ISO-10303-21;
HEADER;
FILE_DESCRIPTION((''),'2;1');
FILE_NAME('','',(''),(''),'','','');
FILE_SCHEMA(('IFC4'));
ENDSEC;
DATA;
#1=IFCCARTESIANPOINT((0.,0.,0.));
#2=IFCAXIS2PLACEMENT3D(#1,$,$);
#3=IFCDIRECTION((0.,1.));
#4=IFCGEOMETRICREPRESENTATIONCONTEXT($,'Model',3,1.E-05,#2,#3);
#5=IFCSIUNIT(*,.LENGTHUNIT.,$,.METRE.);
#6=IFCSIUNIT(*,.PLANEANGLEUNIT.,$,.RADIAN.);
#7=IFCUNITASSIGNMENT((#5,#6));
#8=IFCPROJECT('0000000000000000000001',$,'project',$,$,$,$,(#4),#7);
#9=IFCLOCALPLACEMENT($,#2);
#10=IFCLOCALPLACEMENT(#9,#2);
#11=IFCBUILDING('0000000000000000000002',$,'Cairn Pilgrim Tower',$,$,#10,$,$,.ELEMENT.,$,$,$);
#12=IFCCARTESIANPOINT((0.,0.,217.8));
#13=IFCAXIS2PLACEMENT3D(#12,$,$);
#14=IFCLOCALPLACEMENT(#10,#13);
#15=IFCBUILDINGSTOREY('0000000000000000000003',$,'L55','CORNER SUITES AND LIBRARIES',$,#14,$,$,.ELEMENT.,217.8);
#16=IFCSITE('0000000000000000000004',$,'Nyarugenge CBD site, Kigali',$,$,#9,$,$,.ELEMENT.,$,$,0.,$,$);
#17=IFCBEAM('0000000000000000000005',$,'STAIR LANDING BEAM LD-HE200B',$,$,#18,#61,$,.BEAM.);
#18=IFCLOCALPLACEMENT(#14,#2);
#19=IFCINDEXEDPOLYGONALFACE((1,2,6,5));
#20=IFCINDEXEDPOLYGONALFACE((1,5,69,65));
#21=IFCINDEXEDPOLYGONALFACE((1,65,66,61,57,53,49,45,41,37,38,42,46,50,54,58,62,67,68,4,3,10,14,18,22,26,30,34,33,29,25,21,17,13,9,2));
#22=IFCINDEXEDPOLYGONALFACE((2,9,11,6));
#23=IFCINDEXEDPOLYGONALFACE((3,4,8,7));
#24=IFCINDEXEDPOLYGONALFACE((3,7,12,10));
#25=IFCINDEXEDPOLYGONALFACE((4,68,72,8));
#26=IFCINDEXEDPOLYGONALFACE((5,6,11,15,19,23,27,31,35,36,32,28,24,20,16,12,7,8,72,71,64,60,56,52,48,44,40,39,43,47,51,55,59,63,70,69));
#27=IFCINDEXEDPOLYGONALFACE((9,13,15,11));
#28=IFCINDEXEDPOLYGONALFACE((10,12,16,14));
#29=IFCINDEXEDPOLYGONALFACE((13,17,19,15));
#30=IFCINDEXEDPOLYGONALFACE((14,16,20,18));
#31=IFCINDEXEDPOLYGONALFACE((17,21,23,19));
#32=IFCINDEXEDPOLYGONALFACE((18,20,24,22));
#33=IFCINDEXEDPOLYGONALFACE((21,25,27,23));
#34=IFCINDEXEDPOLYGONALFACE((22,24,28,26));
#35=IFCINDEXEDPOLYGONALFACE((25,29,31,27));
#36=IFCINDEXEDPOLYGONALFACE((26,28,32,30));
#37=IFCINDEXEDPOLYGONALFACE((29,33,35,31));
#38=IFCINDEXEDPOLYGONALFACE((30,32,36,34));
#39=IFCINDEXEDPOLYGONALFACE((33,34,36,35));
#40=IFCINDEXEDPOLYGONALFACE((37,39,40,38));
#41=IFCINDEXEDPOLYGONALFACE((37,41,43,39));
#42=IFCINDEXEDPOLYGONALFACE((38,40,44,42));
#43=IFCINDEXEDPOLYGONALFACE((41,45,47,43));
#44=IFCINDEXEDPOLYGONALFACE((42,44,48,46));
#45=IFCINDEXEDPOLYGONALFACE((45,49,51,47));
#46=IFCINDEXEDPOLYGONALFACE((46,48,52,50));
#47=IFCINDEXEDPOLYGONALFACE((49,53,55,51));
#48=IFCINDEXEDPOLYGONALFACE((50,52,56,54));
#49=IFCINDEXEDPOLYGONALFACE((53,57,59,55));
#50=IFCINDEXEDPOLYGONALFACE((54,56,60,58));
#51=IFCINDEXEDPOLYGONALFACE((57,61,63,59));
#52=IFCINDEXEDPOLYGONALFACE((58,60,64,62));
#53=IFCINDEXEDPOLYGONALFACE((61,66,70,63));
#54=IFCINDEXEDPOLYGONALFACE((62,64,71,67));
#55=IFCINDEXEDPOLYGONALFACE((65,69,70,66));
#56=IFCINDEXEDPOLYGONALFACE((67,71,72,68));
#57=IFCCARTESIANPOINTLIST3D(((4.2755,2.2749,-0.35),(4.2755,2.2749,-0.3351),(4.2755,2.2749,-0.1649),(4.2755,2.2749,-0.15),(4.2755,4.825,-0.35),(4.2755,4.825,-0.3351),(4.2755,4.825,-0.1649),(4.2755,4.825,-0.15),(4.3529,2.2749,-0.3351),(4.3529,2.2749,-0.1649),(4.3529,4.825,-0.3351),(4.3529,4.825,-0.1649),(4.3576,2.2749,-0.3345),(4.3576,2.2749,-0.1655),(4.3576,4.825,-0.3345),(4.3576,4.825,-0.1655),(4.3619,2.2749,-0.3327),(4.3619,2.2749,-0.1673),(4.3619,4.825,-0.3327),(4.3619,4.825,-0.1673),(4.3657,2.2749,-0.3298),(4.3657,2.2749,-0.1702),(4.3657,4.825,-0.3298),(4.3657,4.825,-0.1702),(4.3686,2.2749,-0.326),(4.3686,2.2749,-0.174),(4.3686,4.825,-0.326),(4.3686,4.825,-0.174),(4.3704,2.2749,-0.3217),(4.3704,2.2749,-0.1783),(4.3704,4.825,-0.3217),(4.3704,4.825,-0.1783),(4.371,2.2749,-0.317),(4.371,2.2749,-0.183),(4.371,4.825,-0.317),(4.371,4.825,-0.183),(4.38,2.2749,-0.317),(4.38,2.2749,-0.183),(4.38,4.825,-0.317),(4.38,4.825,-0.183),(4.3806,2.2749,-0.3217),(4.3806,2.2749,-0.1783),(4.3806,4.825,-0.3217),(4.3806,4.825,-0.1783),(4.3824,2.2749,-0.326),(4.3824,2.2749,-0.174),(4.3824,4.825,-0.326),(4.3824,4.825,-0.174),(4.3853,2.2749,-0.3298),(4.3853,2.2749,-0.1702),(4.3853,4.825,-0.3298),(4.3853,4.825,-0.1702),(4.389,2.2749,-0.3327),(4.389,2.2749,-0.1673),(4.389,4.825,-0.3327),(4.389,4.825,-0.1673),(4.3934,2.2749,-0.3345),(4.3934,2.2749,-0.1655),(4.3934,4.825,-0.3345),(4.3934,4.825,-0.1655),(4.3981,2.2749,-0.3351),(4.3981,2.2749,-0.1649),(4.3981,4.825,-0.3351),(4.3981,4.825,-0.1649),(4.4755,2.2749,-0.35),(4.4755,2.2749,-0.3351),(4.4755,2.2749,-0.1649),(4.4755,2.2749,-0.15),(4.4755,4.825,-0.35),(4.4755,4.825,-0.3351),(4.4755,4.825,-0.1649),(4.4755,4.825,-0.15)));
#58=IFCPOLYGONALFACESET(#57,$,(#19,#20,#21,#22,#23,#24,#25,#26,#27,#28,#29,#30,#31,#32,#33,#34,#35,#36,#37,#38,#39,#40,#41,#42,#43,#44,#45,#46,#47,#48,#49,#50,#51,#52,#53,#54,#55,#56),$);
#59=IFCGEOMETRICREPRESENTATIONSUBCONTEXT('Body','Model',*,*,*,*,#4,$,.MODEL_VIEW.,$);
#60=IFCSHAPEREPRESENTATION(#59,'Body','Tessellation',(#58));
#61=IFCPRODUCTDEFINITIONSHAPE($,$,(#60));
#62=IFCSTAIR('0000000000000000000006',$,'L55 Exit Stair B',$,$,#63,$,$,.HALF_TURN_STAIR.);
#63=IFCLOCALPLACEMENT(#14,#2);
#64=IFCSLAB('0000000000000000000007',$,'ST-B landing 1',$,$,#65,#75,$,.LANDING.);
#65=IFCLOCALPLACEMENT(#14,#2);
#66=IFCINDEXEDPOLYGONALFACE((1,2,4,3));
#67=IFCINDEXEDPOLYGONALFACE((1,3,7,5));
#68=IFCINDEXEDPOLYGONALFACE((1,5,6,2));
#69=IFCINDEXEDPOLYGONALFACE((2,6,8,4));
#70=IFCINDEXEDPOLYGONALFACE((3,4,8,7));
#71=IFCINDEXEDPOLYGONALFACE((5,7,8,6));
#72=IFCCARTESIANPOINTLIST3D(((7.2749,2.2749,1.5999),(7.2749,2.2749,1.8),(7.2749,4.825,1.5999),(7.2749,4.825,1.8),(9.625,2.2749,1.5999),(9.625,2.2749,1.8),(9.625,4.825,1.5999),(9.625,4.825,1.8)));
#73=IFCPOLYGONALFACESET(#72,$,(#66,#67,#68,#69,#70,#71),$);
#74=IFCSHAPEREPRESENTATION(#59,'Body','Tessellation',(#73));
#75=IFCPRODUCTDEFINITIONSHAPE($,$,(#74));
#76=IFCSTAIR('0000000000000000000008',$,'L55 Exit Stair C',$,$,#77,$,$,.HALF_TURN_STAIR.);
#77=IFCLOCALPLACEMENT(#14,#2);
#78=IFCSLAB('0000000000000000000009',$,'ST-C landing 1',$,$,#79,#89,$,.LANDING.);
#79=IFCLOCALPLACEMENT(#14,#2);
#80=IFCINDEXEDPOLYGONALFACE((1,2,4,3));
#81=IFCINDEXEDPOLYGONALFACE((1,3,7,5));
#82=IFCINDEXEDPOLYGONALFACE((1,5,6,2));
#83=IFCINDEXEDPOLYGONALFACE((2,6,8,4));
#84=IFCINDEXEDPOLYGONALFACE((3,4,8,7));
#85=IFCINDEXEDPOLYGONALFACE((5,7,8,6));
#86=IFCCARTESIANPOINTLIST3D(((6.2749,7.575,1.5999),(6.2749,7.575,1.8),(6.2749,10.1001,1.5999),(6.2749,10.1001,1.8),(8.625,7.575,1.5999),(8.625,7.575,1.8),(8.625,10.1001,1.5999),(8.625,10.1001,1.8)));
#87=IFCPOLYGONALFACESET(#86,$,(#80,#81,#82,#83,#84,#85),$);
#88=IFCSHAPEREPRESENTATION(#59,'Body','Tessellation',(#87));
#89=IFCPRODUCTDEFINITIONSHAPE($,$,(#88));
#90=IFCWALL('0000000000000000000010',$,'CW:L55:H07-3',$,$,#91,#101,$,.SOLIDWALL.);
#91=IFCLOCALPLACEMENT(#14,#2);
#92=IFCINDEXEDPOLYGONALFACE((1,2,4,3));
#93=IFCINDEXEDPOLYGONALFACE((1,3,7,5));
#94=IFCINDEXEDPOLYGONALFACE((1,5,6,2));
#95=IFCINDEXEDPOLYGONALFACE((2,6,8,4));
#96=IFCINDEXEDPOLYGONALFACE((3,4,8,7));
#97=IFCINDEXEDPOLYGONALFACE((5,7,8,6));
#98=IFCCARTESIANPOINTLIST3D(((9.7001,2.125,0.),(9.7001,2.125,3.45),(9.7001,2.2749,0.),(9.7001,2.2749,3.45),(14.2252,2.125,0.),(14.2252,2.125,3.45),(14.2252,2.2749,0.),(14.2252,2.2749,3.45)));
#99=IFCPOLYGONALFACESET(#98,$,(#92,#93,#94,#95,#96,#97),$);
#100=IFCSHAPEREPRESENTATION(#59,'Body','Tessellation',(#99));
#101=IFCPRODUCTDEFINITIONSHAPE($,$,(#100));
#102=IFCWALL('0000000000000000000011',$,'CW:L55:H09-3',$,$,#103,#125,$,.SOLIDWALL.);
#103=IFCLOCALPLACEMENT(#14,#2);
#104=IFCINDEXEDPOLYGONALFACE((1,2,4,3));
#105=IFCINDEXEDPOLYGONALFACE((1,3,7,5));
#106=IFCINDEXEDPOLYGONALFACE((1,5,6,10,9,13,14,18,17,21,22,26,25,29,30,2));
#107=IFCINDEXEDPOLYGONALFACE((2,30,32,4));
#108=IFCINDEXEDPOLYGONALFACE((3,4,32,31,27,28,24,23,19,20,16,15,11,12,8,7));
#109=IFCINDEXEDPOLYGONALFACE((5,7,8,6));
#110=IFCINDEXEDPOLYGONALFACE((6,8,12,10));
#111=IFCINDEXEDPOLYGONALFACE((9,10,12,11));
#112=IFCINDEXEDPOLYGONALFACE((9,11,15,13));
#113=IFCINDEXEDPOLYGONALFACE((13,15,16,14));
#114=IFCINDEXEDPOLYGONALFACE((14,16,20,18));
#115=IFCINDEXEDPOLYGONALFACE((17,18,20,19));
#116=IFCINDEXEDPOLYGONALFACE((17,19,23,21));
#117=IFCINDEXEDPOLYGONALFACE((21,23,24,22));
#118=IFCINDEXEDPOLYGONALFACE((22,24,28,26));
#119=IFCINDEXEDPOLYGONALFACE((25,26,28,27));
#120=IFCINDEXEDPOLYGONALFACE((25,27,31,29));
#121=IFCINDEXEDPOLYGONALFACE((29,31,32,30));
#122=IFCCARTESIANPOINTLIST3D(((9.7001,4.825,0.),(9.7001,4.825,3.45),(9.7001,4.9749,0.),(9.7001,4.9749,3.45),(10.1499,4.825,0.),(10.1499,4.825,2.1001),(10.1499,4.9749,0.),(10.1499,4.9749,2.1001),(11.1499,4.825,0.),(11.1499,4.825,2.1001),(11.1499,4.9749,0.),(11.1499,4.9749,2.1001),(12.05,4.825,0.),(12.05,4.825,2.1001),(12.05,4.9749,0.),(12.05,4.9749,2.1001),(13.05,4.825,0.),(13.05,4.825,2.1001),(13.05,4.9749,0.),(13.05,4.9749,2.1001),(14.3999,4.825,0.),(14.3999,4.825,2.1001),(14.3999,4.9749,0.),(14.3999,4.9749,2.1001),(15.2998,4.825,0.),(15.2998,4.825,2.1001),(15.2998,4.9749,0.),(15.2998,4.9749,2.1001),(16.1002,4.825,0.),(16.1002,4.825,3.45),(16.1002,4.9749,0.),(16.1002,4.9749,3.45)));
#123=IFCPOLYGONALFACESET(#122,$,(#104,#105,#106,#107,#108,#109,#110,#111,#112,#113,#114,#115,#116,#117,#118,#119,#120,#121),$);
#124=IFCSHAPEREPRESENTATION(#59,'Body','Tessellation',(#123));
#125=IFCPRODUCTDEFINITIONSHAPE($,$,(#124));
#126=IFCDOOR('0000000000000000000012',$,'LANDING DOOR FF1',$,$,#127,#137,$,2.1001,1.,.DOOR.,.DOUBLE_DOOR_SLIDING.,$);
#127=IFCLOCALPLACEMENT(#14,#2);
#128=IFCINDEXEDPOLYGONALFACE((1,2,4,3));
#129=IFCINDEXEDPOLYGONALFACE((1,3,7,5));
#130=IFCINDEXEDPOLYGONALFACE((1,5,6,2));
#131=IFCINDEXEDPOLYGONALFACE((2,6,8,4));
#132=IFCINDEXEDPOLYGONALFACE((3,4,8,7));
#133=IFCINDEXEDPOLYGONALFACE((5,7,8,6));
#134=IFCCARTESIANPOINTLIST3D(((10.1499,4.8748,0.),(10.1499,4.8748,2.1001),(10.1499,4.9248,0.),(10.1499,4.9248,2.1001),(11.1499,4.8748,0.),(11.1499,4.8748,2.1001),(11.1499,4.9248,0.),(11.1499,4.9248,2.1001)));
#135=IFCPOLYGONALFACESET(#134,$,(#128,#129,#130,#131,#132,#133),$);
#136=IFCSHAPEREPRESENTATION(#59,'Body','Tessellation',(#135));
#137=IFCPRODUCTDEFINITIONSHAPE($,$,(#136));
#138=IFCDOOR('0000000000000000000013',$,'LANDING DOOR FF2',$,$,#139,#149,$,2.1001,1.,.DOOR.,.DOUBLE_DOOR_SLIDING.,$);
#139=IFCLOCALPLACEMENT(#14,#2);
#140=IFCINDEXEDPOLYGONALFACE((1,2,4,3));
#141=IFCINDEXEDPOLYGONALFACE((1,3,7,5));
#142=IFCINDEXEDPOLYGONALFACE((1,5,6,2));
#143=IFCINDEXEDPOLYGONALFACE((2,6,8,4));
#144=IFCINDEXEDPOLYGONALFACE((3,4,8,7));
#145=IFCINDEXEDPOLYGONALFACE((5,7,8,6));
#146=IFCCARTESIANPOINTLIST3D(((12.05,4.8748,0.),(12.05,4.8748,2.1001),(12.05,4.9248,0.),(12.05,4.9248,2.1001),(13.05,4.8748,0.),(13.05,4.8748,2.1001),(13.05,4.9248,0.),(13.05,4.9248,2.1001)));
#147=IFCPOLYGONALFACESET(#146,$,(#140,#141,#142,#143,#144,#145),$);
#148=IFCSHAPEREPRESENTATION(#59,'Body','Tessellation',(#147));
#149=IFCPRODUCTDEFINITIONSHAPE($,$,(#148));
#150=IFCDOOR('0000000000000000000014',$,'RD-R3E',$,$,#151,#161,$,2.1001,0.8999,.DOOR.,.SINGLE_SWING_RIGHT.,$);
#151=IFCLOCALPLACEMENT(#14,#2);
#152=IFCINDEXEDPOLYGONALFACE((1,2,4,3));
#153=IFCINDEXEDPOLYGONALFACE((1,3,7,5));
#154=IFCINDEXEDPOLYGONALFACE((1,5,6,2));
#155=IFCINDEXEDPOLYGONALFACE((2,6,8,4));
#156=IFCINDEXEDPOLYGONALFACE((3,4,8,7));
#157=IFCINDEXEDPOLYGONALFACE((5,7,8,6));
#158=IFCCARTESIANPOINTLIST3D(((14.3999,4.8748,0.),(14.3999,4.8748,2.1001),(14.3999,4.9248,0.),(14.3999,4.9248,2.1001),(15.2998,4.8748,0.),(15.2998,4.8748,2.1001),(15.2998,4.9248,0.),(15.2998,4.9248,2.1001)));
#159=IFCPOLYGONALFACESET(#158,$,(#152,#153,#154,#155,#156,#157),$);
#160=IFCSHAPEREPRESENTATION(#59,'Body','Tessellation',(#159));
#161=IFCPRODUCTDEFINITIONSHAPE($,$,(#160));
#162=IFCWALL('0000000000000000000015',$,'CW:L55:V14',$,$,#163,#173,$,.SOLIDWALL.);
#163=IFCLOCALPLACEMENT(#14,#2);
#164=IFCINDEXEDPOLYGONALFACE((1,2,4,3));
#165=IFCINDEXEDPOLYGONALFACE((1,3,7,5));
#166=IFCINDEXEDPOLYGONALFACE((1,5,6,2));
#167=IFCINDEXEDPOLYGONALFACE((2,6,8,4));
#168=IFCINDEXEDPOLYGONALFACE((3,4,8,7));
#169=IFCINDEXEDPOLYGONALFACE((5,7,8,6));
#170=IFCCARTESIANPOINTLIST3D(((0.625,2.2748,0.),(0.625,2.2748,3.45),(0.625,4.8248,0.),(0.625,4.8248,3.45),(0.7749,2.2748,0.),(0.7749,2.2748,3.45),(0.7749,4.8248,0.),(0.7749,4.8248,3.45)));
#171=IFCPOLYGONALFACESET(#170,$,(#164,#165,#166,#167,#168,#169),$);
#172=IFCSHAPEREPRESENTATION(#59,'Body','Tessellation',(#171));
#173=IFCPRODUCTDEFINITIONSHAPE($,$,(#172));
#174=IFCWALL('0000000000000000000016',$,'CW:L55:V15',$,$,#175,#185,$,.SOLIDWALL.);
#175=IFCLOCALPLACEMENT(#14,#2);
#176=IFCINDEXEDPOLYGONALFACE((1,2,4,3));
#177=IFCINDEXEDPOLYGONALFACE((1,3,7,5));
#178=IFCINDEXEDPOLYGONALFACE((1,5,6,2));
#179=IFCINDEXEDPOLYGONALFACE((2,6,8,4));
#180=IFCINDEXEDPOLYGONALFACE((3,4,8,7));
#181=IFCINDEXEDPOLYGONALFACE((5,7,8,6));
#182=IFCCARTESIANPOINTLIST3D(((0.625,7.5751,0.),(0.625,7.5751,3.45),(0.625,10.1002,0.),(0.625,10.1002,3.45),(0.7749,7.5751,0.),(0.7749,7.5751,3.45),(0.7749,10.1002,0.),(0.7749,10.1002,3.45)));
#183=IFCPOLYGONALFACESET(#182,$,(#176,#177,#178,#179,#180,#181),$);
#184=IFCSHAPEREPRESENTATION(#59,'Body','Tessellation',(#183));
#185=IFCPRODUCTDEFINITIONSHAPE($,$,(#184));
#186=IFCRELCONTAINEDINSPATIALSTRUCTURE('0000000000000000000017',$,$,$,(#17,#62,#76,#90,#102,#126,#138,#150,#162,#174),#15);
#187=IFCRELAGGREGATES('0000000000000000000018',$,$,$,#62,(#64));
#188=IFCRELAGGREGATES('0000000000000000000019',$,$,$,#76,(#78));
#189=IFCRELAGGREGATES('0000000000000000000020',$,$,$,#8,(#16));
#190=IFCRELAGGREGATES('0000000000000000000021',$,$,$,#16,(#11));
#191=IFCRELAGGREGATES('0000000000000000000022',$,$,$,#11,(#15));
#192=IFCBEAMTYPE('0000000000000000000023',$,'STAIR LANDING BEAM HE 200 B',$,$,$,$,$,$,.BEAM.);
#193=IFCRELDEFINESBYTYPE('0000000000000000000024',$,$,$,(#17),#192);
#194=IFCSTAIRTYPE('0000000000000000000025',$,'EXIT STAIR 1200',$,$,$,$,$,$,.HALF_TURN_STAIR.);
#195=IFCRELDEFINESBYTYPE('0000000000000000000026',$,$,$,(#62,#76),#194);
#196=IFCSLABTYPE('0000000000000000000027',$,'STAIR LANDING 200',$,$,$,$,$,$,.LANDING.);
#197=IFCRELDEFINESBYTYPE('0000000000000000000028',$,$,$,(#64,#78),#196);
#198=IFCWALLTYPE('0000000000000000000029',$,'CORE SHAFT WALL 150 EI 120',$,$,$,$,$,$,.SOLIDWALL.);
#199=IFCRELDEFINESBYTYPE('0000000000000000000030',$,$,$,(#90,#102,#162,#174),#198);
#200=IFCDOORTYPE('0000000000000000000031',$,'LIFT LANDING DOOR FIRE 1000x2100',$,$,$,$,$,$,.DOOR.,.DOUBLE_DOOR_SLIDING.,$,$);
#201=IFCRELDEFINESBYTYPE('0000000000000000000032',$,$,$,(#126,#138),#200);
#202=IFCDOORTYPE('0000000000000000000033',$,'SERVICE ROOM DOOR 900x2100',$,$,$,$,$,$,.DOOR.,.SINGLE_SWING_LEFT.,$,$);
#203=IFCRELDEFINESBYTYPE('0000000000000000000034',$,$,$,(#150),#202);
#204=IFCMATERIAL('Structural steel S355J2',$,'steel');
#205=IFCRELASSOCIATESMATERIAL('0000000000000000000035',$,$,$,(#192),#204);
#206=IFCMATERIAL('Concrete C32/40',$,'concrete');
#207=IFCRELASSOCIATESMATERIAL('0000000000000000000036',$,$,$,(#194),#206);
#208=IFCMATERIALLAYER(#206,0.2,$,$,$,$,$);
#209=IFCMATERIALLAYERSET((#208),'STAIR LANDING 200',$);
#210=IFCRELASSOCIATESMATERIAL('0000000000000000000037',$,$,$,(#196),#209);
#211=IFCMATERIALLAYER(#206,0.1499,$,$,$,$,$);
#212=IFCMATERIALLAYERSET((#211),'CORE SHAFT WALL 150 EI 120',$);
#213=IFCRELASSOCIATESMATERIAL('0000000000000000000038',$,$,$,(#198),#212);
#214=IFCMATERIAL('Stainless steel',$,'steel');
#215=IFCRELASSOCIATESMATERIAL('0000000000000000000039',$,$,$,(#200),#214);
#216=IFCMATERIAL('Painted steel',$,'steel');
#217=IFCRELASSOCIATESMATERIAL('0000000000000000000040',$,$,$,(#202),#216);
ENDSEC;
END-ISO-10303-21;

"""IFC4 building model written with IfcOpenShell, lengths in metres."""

from ifc_helpers import new_model, si_unit, direction, frame, frame_2d, origin, origin_2d, place, context, subcontext, project, spatial, polyline, rectangle, i_section, outline, extrude, material, layer, layer_set, material_profile, profile_set, type_object, element, fill, aggregate, save


model = new_model("IFC4")

# Units and contexts
model_context = context("Model", 3, precision=1e-05, world=origin(), true_north=direction((0.0, 1.0)))
body_context = subcontext(model_context, "Body", "Model", "MODEL_VIEW")
ifc_project = project(units=[si_unit("LENGTHUNIT", "METRE"), si_unit("PLANEANGLEUNIT", "RADIAN")], contexts=[model_context])

# Site, building, storey
site_placement = place(None, origin())
site = spatial("IfcSite", under=ifc_project, at=site_placement, Name="Nyarugenge CBD site, Kigali", CompositionType="ELEMENT", RefElevation=0.0)
building_placement = place(site_placement, origin())
building = spatial("IfcBuilding", under=site, at=building_placement, Name="Cairn Pilgrim Tower", CompositionType="ELEMENT")
storey_placement = place(building_placement, frame((0.0, 0.0, 217.8)))
storey = spatial("IfcBuildingStorey", under=building, at=storey_placement, Name="L55", Description="CORNER SUITES AND LIBRARIES", CompositionType="ELEMENT", Elevation=217.8)

# Beam
ifc_material_1 = material(Name="Structural steel S355J2", Category="steel")
ifc_material_profile = material_profile(ifc_material_1, i_section(OverallWidth=0.2, OverallDepth=0.2, WebThickness=0.009, FlangeThickness=0.0149, FilletRadius=0.0181, at=origin_2d()), Name="HE 200 B")
ifc_profile_set = profile_set([ifc_material_profile], Name="Structural steel S355J2")
beam_type = type_object("IfcBeamType", Name="STAIR LANDING BEAM HE 200 B", PredefinedType="BEAM", material=ifc_profile_set)
beam_placement = place(storey_placement, frame((4.3755, 2.2749, -0.25), z_axis=(0.0, 1.0, 0.0), x_axis=(-1.0, 0.0, 0.0)))
element("IfcBeam", 1, at=beam_placement, inside=storey, type_object=beam_type, Name="STAIR LANDING BEAM LD-HE200B", PredefinedType="BEAM", context=body_context, shape_type="SweptSolid", body=[
    extrude(i_section(OverallWidth=0.2, OverallDepth=0.2, WebThickness=0.009, FlangeThickness=0.0149, FilletRadius=0.0181, at=origin_2d()), origin(), (0.0, 0.0, 1.0), 2.55),
])

# Stairs, slabs
ifc_material_2 = material(Name="Concrete C32/40", Category="concrete")
stair_type = type_object("IfcStairType", Name="EXIT STAIR 1200", PredefinedType="HALF_TURN_STAIR", material=ifc_material_2)
stair_1_placement = place(storey_placement, origin())
stair_1 = element("IfcStair", 2, at=stair_1_placement, inside=storey, type_object=stair_type, Name="L55 Exit Stair B", PredefinedType="HALF_TURN_STAIR")
ifc_layer_1 = layer(ifc_material_2, 0.2)
ifc_layer_set_1 = layer_set([ifc_layer_1], Name="STAIR LANDING 200")
slab_type = type_object("IfcSlabType", Name="STAIR LANDING 200", PredefinedType="LANDING", material=ifc_layer_set_1)
slab_1_placement = place(storey_placement, frame((0.0, 0.0, 1.5999)))
slab_1 = element("IfcSlab", 3, at=slab_1_placement, type_object=slab_type, Name="ST-B landing 1", PredefinedType="LANDING", context=body_context, shape_type="SweptSolid", body=[
    extrude(outline(polyline([(7.2749, 2.2749), (9.625, 2.2749), (9.625, 4.825), (7.2749, 4.825), (7.2749, 2.2749)])), origin(), (0.0, 0.0, 1.0), 0.2002),
])
stair_2_placement = place(storey_placement, origin())
stair_2 = element("IfcStair", 4, at=stair_2_placement, inside=storey, type_object=stair_type, Name="L55 Exit Stair C", PredefinedType="HALF_TURN_STAIR")
slab_2_placement = place(storey_placement, frame((0.0, 0.0, 1.5999)))
slab_2 = element("IfcSlab", 5, at=slab_2_placement, type_object=slab_type, Name="ST-C landing 1", PredefinedType="LANDING", context=body_context, shape_type="SweptSolid", body=[
    extrude(outline(polyline([(8.625, 10.1001), (6.2749, 10.1001), (6.2749, 7.575), (8.625, 7.575), (8.625, 10.1001)])), origin(), (0.0, 0.0, 1.0), 0.2002),
])

# Wall
ifc_layer_2 = layer(ifc_material_2, 0.1499)
ifc_layer_set_2 = layer_set([ifc_layer_2], Name="CORE SHAFT WALL 150 EI 120")
wall_type_1 = type_object("IfcWallType", Name="CORE SHAFT WALL 150 EI 120", PredefinedType="SOLIDWALL", material=ifc_layer_set_2)
wall_1_placement = place(storey_placement, frame((9.7, 2.2, 0.0), z_axis=(0.0, 0.0, 1.0), x_axis=(1.0, 0.0, 0.0)))
element("IfcWall", 6, at=wall_1_placement, inside=storey, type_object=wall_type_1, Name="CW:L55:H07-3", PredefinedType="SOLIDWALL", context=body_context, shape_type="SweptSolid", body=[
    extrude(rectangle(XDim=4.5251, YDim=0.1499, at=frame_2d((2.2627, 0.0))), origin(), (0.0, 0.0, 1.0), 3.45),
])

# Wall, openings, doors
wall_2_placement = place(storey_placement, frame((9.7, 4.8999, 0.0), z_axis=(0.0, 0.0, 1.0), x_axis=(1.0, 0.0, 0.0)))
wall_2 = element("IfcWall", 7, at=wall_2_placement, inside=storey, type_object=wall_type_1, Name="CW:L55:H09-3", PredefinedType="SOLIDWALL", context=body_context, shape_type="SweptSolid", body=[
    extrude(rectangle(XDim=6.4001, YDim=0.1499, at=frame_2d((3.2002, 0.0))), origin(), (0.0, 0.0, 1.0), 3.45),
])
opening_1_placement = place(wall_2_placement, frame((0.45, 0.0, 0.0)))
opening_1 = element("IfcOpeningElement", 8, at=opening_1_placement, cuts=wall_2, PredefinedType="OPENING", context=body_context, shape_type="SweptSolid", body=[
    extrude(rectangle(XDim=1.0, YDim=2.1001, at=frame_2d((0.5, 1.05))), frame((0.0, 0.085, 0.0), z_axis=(0.0, -1.0, 0.0), x_axis=(1.0, 0.0, 0.0)), (0.0, 0.0, 1.0), 0.1699),
])
opening_2_placement = place(wall_2_placement, frame((2.3501, 0.0, 0.0)))
opening_2 = element("IfcOpeningElement", 9, at=opening_2_placement, cuts=wall_2, PredefinedType="OPENING", context=body_context, shape_type="SweptSolid", body=[
    extrude(rectangle(XDim=1.0, YDim=2.1001, at=frame_2d((0.5, 1.05))), frame((0.0, 0.085, 0.0), z_axis=(0.0, -1.0, 0.0), x_axis=(1.0, 0.0, 0.0)), (0.0, 0.0, 1.0), 0.1699),
])
opening_3_placement = place(wall_2_placement, frame((4.7, 0.0, 0.0)))
opening_3 = element("IfcOpeningElement", 10, at=opening_3_placement, cuts=wall_2, PredefinedType="OPENING", context=body_context, shape_type="SweptSolid", body=[
    extrude(rectangle(XDim=0.8999, YDim=2.1001, at=frame_2d((0.45, 1.05))), frame((0.0, 0.085, 0.0), z_axis=(0.0, -1.0, 0.0), x_axis=(1.0, 0.0, 0.0)), (0.0, 0.0, 1.0), 0.1699),
])
ifc_material_3 = material(Name="Stainless steel", Category="steel")
door_type_1 = type_object("IfcDoorType", Name="LIFT LANDING DOOR FIRE 1000x2100", OperationType="DOUBLE_DOOR_SLIDING", PredefinedType="DOOR", material=ifc_material_3)
door_1_placement = place(opening_1_placement, origin())
door_1 = element("IfcDoor", 11, at=door_1_placement, inside=storey, type_object=door_type_1, Name="LANDING DOOR FF1", OperationType="DOUBLE_DOOR_SLIDING", OverallHeight=2.1001, OverallWidth=1.0, PredefinedType="DOOR", context=body_context, shape_type="SweptSolid", body=[
    extrude(rectangle(XDim=1.0, YDim=2.1001, at=frame_2d((0.5, 1.05))), frame((0.0, 0.0249, 0.0), z_axis=(0.0, -1.0, 0.0), x_axis=(1.0, 0.0, 0.0)), (0.0, 0.0, 1.0), 0.05),
])
fill(opening_1, door_1)
door_2_placement = place(opening_2_placement, origin())
door_2 = element("IfcDoor", 12, at=door_2_placement, inside=storey, type_object=door_type_1, Name="LANDING DOOR FF2", OperationType="DOUBLE_DOOR_SLIDING", OverallHeight=2.1001, OverallWidth=1.0, PredefinedType="DOOR", context=body_context, shape_type="SweptSolid", body=[
    extrude(rectangle(XDim=1.0, YDim=2.1001, at=frame_2d((0.5, 1.05))), frame((0.0, 0.0249, 0.0), z_axis=(0.0, -1.0, 0.0), x_axis=(1.0, 0.0, 0.0)), (0.0, 0.0, 1.0), 0.05),
])
fill(opening_2, door_2)
ifc_material_4 = material(Name="Painted steel", Category="steel")
door_type_2 = type_object("IfcDoorType", Name="SERVICE ROOM DOOR 900x2100", OperationType="SINGLE_SWING_LEFT", PredefinedType="DOOR", material=ifc_material_4)
door_3_placement = place(opening_3_placement, origin())
door_3 = element("IfcDoor", 13, at=door_3_placement, inside=storey, type_object=door_type_2, Name="RD-R3E", OperationType="SINGLE_SWING_RIGHT", OverallHeight=2.1001, OverallWidth=0.8999, PredefinedType="DOOR", context=body_context, shape_type="SweptSolid", body=[
    extrude(rectangle(XDim=0.8999, YDim=2.1001, at=frame_2d((0.45, 1.05))), frame((0.0, 0.0249, 0.0), z_axis=(0.0, -1.0, 0.0), x_axis=(1.0, 0.0, 0.0)), (0.0, 0.0, 1.0), 0.05),
])
fill(opening_3, door_3)

# Walls
wall_3_placement = place(storey_placement, frame((0.7, 2.2749, 0.0), z_axis=(0.0, 0.0, 1.0), x_axis=(0.0, 1.0, 0.0)))
element("IfcWall", 14, at=wall_3_placement, inside=storey, type_object=wall_type_1, Name="CW:L55:V14", PredefinedType="SOLIDWALL", context=body_context, shape_type="SweptSolid", body=[
    extrude(rectangle(XDim=2.55, YDim=0.1499, at=frame_2d((1.2749, 0.0))), origin(), (0.0, 0.0, 1.0), 3.45),
])
wall_4_placement = place(storey_placement, frame((0.7, 7.575, 0.0), z_axis=(0.0, 0.0, 1.0), x_axis=(0.0, 1.0, 0.0)))
element("IfcWall", 15, at=wall_4_placement, inside=storey, type_object=wall_type_1, Name="CW:L55:V15", PredefinedType="SOLIDWALL", context=body_context, shape_type="SweptSolid", body=[
    extrude(rectangle(XDim=2.5251, YDim=0.1499, at=frame_2d((1.2627, 0.0))), origin(), (0.0, 0.0, 1.0), 3.45),
])

aggregate(stair_1, [slab_1])
aggregate(stair_2, [slab_2])

save(model, "model.ifc")
